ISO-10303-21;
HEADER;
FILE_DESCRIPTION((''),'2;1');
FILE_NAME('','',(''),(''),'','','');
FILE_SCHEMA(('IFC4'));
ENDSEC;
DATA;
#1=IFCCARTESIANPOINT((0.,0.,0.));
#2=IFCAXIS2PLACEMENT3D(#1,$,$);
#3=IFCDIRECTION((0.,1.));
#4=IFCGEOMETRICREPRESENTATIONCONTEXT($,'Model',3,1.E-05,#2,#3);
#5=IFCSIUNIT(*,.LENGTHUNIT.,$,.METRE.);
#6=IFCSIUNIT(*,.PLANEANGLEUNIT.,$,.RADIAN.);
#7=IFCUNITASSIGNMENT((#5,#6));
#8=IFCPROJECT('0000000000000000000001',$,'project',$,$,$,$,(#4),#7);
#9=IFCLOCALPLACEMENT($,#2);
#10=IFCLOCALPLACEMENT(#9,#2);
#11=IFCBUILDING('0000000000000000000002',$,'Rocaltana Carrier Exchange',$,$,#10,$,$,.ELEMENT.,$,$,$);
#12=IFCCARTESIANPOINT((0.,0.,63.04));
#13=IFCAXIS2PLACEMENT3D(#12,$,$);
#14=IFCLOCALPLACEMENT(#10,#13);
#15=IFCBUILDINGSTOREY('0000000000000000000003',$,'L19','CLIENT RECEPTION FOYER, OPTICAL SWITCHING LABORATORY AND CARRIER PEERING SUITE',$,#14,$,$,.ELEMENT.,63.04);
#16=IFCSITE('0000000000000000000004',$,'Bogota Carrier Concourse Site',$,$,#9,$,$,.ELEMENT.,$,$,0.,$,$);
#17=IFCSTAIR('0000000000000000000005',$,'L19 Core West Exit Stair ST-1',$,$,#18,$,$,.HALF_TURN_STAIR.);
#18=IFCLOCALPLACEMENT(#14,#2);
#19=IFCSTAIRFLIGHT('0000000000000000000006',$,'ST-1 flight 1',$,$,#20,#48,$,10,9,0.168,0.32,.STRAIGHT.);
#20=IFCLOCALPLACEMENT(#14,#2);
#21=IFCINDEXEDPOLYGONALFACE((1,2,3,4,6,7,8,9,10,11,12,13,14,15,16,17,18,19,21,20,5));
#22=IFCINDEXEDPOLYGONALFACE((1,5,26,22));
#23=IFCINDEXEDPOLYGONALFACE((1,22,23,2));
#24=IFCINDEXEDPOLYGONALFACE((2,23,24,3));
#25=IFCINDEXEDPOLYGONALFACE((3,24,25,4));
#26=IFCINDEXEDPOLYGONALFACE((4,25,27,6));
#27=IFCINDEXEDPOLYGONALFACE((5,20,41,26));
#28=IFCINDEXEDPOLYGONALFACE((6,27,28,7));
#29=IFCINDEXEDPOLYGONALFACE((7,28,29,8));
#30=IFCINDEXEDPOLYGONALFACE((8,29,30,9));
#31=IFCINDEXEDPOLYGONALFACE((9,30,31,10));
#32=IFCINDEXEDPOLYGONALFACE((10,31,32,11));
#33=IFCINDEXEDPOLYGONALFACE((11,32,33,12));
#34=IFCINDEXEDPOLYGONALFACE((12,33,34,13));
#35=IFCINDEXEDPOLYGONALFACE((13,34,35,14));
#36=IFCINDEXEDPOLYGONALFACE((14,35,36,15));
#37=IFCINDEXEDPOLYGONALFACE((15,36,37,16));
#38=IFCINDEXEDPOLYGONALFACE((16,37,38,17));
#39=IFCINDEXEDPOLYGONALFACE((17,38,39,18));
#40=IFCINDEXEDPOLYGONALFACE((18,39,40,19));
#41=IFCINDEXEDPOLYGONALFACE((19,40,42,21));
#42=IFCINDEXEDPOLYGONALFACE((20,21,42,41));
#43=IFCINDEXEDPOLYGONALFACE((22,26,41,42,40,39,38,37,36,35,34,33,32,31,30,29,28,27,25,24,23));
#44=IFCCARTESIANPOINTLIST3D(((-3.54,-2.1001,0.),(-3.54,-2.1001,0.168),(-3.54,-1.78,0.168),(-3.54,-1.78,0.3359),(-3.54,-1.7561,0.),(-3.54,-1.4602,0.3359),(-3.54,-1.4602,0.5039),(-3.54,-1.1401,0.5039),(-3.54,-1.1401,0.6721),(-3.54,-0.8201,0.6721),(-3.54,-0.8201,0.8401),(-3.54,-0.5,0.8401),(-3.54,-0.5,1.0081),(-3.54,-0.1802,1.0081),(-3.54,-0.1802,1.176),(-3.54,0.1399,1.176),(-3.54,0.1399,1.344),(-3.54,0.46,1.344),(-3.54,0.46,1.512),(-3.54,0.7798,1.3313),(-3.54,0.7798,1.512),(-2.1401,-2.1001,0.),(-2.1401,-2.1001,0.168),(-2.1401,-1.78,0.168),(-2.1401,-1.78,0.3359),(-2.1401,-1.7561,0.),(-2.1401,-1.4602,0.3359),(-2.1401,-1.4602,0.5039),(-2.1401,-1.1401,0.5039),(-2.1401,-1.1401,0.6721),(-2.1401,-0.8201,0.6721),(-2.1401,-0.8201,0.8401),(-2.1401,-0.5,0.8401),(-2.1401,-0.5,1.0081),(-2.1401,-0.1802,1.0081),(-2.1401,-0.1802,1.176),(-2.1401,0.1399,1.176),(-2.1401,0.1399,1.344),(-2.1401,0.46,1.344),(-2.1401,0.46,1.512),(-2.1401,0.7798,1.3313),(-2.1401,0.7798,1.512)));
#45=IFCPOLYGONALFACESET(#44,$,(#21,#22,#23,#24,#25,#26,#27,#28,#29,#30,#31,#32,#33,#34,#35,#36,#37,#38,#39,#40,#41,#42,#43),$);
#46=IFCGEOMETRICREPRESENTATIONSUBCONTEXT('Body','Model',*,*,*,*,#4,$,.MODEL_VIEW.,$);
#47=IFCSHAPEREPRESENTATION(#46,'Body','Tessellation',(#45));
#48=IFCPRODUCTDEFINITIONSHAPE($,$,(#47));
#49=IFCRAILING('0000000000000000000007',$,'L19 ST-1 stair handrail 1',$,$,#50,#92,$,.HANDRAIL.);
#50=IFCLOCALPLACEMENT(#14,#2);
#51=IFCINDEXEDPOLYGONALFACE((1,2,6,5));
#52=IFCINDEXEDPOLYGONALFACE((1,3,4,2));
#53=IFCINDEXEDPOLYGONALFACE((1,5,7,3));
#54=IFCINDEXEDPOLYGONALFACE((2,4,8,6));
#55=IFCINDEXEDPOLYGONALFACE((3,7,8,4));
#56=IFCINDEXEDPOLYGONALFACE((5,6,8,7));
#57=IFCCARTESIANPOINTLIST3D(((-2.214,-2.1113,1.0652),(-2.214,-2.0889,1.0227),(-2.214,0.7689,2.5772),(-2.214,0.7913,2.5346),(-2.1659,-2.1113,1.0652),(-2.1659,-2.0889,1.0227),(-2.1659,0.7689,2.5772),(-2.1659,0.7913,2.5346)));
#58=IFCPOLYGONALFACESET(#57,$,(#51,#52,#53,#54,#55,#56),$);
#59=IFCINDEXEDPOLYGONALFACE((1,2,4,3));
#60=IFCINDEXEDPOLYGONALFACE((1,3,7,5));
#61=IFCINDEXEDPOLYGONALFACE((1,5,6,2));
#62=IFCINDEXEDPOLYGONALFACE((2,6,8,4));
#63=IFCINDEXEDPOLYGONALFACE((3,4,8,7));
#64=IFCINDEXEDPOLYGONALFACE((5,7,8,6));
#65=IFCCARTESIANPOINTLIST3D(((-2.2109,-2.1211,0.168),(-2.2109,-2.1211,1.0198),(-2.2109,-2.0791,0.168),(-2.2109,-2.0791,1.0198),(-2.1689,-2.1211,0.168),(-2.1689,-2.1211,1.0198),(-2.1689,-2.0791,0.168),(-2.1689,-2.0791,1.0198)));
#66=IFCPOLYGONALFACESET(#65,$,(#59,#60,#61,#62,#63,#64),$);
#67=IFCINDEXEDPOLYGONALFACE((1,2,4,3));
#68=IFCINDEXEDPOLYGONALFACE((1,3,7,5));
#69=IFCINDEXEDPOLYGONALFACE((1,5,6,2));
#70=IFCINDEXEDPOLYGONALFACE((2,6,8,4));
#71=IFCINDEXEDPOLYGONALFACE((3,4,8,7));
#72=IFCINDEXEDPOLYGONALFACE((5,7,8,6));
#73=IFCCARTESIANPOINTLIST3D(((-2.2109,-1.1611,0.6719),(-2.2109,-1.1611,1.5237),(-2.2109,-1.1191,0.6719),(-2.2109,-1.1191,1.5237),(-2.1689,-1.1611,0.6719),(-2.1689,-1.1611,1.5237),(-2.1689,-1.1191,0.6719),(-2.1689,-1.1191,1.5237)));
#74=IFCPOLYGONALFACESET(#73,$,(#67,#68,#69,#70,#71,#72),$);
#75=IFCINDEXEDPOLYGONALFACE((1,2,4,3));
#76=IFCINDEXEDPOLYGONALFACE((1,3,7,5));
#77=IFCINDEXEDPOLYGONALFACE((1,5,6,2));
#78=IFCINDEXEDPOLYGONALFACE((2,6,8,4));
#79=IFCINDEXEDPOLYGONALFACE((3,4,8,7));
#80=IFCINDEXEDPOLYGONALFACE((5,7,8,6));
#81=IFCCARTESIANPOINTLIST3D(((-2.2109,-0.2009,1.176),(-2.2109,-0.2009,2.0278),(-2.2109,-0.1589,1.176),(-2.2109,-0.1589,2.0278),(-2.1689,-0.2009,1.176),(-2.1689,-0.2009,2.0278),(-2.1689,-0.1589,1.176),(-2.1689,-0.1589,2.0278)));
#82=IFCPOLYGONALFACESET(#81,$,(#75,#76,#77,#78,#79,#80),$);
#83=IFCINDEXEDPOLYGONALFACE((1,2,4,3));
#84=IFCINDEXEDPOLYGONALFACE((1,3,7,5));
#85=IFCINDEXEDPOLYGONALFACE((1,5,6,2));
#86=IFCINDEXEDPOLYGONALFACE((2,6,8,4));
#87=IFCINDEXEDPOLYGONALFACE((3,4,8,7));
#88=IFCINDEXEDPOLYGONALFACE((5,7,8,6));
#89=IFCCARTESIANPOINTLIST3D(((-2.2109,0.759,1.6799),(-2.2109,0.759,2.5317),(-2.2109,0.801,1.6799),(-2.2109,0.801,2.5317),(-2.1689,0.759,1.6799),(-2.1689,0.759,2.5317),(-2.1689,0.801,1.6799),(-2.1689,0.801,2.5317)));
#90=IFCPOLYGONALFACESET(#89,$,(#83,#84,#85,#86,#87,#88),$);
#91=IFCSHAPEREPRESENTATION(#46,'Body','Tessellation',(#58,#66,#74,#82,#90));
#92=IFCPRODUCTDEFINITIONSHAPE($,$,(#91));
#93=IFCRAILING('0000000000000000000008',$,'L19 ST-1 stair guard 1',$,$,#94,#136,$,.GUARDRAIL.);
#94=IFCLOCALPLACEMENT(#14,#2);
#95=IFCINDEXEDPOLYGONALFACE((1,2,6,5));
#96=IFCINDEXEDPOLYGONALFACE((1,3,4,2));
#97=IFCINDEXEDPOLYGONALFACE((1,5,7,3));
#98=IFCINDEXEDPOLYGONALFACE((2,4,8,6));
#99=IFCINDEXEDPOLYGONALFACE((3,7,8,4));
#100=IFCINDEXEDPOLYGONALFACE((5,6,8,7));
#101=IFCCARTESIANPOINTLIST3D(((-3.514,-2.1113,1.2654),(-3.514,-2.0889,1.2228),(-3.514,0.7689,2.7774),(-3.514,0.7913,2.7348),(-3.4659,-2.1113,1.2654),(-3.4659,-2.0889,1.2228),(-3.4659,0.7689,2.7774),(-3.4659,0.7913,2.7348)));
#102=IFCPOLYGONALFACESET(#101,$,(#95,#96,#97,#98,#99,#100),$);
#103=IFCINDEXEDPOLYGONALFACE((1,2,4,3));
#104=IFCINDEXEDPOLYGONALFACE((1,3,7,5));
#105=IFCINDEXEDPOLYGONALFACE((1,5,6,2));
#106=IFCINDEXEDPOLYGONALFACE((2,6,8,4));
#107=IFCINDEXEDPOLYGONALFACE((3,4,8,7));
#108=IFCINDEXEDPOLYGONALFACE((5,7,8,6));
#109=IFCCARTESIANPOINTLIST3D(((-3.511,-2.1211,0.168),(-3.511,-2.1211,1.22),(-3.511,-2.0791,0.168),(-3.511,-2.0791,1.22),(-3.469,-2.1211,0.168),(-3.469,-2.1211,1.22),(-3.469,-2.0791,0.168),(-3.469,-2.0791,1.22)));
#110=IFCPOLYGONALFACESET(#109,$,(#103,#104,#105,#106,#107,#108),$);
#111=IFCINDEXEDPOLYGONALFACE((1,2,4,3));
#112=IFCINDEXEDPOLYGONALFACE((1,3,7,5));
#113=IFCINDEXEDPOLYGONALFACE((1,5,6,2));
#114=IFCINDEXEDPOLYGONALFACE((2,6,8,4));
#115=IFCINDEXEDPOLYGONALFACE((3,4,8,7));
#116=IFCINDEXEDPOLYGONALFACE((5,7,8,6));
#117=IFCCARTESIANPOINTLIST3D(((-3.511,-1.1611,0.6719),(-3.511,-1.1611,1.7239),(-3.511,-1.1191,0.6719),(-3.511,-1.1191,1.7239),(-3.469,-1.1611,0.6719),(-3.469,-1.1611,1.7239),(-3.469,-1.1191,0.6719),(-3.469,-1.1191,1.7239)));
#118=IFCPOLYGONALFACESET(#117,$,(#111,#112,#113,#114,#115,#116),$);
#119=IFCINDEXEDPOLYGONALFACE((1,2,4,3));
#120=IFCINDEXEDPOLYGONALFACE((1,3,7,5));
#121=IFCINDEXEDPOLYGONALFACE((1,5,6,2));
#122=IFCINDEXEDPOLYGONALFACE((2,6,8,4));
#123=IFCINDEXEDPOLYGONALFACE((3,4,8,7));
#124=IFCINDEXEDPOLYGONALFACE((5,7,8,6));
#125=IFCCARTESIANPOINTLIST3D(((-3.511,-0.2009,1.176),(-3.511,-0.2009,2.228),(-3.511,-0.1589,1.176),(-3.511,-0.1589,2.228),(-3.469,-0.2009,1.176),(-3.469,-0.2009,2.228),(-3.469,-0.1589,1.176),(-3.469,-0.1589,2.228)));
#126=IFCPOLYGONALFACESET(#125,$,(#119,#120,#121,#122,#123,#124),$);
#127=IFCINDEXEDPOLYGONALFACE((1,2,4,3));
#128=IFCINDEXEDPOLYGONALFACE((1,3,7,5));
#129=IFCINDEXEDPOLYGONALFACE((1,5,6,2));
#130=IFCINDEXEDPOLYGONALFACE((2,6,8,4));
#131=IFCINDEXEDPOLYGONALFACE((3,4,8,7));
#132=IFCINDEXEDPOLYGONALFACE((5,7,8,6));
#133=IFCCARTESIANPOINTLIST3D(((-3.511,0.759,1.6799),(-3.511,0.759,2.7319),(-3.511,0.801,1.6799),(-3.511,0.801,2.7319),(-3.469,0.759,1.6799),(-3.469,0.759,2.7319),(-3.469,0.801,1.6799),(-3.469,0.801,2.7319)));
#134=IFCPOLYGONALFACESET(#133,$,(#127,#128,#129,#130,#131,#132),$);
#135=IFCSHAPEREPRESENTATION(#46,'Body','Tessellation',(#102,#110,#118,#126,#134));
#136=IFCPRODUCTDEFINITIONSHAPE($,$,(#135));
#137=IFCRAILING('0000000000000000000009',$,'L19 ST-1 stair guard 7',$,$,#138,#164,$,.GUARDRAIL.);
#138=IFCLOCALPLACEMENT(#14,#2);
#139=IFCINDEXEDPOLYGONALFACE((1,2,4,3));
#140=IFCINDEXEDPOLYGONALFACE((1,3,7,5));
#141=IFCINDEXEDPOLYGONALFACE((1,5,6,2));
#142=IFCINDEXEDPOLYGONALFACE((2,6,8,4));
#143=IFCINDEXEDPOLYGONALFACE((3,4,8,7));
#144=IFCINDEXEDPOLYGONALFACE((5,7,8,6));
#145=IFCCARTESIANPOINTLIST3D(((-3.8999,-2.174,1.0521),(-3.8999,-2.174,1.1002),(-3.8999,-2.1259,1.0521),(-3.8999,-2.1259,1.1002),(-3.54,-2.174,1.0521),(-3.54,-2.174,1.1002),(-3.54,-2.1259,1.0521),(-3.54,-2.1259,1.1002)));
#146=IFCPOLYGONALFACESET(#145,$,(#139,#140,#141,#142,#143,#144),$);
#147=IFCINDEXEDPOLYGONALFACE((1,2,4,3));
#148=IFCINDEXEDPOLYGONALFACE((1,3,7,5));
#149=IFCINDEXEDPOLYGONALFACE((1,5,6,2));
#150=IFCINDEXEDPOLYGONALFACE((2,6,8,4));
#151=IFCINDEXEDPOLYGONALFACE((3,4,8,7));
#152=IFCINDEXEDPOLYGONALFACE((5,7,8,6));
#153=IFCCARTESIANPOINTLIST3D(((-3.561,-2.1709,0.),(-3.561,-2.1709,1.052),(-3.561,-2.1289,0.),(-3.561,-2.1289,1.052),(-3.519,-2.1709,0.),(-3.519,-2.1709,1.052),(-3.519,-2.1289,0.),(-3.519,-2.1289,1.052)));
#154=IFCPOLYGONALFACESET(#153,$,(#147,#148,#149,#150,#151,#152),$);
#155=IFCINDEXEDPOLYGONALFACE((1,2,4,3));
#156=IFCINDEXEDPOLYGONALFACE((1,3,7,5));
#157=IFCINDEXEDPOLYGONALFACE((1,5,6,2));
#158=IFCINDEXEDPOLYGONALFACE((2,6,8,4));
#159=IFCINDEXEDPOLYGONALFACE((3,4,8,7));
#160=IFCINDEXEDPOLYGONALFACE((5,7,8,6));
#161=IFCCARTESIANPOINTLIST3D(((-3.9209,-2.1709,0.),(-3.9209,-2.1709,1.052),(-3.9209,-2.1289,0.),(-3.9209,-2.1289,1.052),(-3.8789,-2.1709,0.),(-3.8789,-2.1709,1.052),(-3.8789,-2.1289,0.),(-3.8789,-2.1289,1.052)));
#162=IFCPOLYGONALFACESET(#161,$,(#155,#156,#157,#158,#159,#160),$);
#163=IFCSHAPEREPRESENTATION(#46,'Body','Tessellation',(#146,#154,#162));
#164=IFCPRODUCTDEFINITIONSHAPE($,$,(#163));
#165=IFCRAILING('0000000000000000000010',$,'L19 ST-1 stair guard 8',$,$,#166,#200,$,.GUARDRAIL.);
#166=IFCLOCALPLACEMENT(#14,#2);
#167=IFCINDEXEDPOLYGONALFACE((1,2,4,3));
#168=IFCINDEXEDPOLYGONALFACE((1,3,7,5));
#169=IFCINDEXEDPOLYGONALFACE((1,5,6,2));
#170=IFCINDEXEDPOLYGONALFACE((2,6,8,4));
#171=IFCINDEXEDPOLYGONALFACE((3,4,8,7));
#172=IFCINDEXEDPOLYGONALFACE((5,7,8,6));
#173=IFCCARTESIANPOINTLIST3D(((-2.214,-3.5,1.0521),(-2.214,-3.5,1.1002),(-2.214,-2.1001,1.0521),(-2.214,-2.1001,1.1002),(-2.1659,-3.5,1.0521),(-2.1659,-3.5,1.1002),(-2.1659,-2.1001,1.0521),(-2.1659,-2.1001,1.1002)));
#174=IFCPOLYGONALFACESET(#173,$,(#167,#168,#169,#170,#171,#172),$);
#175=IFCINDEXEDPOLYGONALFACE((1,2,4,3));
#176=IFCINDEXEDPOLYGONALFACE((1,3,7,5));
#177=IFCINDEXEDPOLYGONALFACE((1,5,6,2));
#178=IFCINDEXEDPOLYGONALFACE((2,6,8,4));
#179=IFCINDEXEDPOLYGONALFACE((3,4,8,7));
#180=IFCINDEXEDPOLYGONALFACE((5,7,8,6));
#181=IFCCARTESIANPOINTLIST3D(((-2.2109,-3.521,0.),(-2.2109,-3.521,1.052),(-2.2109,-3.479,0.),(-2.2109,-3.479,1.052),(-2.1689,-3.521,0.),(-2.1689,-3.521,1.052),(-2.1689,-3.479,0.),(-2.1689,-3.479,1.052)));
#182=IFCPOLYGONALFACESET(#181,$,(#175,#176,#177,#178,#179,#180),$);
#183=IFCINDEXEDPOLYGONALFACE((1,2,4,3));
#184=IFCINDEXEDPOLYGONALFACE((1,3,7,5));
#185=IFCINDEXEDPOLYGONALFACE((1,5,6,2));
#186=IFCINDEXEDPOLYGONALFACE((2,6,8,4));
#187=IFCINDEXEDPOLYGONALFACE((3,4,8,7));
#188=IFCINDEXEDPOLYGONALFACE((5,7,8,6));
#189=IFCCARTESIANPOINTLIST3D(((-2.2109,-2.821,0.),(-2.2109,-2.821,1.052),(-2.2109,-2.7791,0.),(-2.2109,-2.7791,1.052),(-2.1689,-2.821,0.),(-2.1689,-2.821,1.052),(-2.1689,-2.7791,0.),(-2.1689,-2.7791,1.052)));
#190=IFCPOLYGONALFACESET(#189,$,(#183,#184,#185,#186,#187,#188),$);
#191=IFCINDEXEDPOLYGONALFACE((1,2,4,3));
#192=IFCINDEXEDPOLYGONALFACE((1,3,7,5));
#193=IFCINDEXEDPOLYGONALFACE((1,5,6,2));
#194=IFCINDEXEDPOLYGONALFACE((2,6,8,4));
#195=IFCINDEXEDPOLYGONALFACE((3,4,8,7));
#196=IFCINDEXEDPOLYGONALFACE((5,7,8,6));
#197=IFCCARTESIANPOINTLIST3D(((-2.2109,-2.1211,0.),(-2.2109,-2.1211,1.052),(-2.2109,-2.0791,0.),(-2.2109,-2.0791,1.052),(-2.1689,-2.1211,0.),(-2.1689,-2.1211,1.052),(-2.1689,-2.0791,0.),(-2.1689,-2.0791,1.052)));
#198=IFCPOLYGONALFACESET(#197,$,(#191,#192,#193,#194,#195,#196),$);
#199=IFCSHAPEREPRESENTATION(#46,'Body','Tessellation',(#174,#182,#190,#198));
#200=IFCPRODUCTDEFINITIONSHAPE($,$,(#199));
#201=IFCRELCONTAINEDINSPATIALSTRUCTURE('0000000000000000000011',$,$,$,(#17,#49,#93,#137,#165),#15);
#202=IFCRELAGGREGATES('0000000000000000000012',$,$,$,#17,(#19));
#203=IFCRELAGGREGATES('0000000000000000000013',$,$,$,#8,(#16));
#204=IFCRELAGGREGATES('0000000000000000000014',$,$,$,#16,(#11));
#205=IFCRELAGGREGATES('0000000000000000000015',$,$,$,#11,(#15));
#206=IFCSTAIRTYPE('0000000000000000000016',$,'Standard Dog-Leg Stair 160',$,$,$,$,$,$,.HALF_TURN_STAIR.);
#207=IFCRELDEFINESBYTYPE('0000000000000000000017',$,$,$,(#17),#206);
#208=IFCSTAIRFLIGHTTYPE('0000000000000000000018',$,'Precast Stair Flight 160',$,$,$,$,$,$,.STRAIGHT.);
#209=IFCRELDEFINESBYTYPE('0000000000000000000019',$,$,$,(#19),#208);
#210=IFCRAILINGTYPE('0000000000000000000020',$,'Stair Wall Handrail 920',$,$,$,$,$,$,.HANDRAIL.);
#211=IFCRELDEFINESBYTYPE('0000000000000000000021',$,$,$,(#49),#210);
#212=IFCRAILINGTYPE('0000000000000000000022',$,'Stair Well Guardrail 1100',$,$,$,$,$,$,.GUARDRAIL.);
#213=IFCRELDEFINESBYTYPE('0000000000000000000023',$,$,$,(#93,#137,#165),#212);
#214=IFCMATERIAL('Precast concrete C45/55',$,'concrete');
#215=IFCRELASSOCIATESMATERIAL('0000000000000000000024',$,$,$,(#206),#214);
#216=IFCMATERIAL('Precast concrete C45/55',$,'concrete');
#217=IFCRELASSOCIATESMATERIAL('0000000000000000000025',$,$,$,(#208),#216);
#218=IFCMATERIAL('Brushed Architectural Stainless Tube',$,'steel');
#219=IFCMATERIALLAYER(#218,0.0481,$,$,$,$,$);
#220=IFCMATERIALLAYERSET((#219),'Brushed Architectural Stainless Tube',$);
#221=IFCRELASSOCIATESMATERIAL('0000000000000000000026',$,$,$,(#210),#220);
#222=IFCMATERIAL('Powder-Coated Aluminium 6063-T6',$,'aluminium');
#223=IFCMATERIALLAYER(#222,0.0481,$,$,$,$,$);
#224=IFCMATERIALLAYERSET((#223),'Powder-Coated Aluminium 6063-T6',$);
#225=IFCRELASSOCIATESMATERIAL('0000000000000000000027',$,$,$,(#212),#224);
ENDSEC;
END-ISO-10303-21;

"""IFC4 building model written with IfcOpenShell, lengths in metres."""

from ifc_helpers import new_model, si_unit, direction, frame, origin, origin_2d, place, context, subcontext, project, spatial, polyline, rectangle, outline, extrude, material, layer, layer_set, type_object, element, aggregate, save


model = new_model("IFC4")

# Units and contexts
model_context = context("Model", 3, precision=1e-05, world=origin(), true_north=direction((0.0, 1.0)))
body_context = subcontext(model_context, "Body", "Model", "MODEL_VIEW")
ifc_project = project(units=[si_unit("LENGTHUNIT", "METRE"), si_unit("PLANEANGLEUNIT", "RADIAN")], contexts=[model_context])

# Site, building, storey
site_placement = place(None, origin())
site = spatial("IfcSite", under=ifc_project, at=site_placement, Name="Bogota Carrier Concourse Site", CompositionType="ELEMENT", RefElevation=0.0)
building_placement = place(site_placement, origin())
building = spatial("IfcBuilding", under=site, at=building_placement, Name="Rocaltana Carrier Exchange", CompositionType="ELEMENT")
storey_placement = place(building_placement, frame((0.0, 0.0, 63.04)))
storey = spatial("IfcBuildingStorey", under=building, at=storey_placement, Name="L19", Description="CLIENT RECEPTION FOYER, OPTICAL SWITCHING LABORATORY AND CARRIER PEERING SUITE", CompositionType="ELEMENT", Elevation=63.04)

# Stair, stair flight
ifc_material_1 = material(Name="Precast concrete C45/55", Category="concrete")
stair_type = type_object("IfcStairType", Name="Standard Dog-Leg Stair 160", PredefinedType="HALF_TURN_STAIR", material=ifc_material_1)
stair_placement = place(storey_placement, origin())
stair = element("IfcStair", 1, at=stair_placement, inside=storey, type_object=stair_type, Name="L19 Core West Exit Stair ST-1", PredefinedType="HALF_TURN_STAIR")
ifc_material_2 = material(Name="Precast concrete C45/55", Category="concrete")
stair_flight_type = type_object("IfcStairFlightType", Name="Precast Stair Flight 160", PredefinedType="STRAIGHT", material=ifc_material_2)
stair_flight_placement = place(storey_placement, frame((-2.8401, -2.1001, 0.0), z_axis=(0.0, 0.0, 1.0), x_axis=(0.0, 1.0, 0.0)))
stair_flight = element("IfcStairFlight", 2, at=stair_flight_placement, type_object=stair_flight_type, Name="ST-1 flight 1", NumberOfRisers=10, NumberOfTreads=9, PredefinedType="STRAIGHT", RiserHeight=0.168, TreadLength=0.32, context=body_context, shape_type="SweptSolid", body=[
    extrude(outline(polyline([(0.0, 0.0), (0.0, 0.168), (0.3201, 0.168), (0.3201, 0.3359), (0.6399, 0.3359), (0.6399, 0.5039), (0.96, 0.5039), (0.96, 0.6721), (1.28, 0.6721), (1.28, 0.8401), (1.6001, 0.8401), (1.6001, 1.0081), (1.9199, 1.0081), (1.9199, 1.176), (2.24, 1.176), (2.24, 1.344), (2.5601, 1.344), (2.5601, 1.512), (2.8799, 1.512), (2.8799, 1.6799), (2.8799, 1.3313), (0.344, 0.0), (0.0, 0.0)])), frame((0.0, 0.7, 0.0), z_axis=(0.0, -1.0, 0.0), x_axis=(1.0, 0.0, 0.0)), (0.0, 0.0, 1.0), 1.3999),
])
aggregate(stair, [stair_flight])

# Railings
ifc_material_3 = material(Name="Brushed Architectural Stainless Tube", Category="steel")
ifc_layer_1 = layer(ifc_material_3, 0.0481)
ifc_layer_set_1 = layer_set([ifc_layer_1], Name="Brushed Architectural Stainless Tube")
railing_type_1 = type_object("IfcRailingType", Name="Stair Wall Handrail 920", PredefinedType="HANDRAIL", material=ifc_layer_set_1)
railing_1_placement = place(storey_placement, frame((-2.1899, -2.1001, 0.168)))
element("IfcRailing", 3, at=railing_1_placement, inside=storey, type_object=railing_type_1, Name="L19 ST-1 stair handrail 1", PredefinedType="HANDRAIL", context=body_context, shape_type="SweptSolid", body=[
    extrude(rectangle(XDim=0.0481, YDim=0.0481, at=origin_2d()), frame((0.0, 0.0, 0.876), z_axis=(0.0, 0.885411, 0.464809), x_axis=(-1.0, 0.0, 0.0)), (0.0, 0.0, 1.0), 3.2529),
    extrude(rectangle(XDim=0.042, YDim=0.042, at=origin_2d()), origin(), (0.0, 0.0, 1.0), 0.8518),
    extrude(rectangle(XDim=0.042, YDim=0.042, at=origin_2d()), frame((0.0, 0.96, 0.5039)), (0.0, 0.0, 1.0), 0.8518),
    extrude(rectangle(XDim=0.042, YDim=0.042, at=origin_2d()), frame((0.0, 1.9202, 1.0081)), (0.0, 0.0, 1.0), 0.8518),
    extrude(rectangle(XDim=0.042, YDim=0.042, at=origin_2d()), frame((0.0, 2.8801, 1.512)), (0.0, 0.0, 1.0), 0.8518),
])
ifc_material_4 = material(Name="Powder-Coated Aluminium 6063-T6", Category="aluminium")
ifc_layer_2 = layer(ifc_material_4, 0.0481)
ifc_layer_set_2 = layer_set([ifc_layer_2], Name="Powder-Coated Aluminium 6063-T6")
railing_type_2 = type_object("IfcRailingType", Name="Stair Well Guardrail 1100", PredefinedType="GUARDRAIL", material=ifc_layer_set_2)
railing_2_placement = place(storey_placement, frame((-3.49, -2.1001, 0.168)))
element("IfcRailing", 4, at=railing_2_placement, inside=storey, type_object=railing_type_2, Name="L19 ST-1 stair guard 1", PredefinedType="GUARDRAIL", context=body_context, shape_type="SweptSolid", body=[
    extrude(rectangle(XDim=0.0481, YDim=0.0481, at=origin_2d()), frame((0.0, 0.0, 1.0762), z_axis=(0.0, 0.885411, 0.464809), x_axis=(-1.0, 0.0, 0.0)), (0.0, 0.0, 1.0), 3.2529),
    extrude(rectangle(XDim=0.042, YDim=0.042, at=origin_2d()), origin(), (0.0, 0.0, 1.0), 1.052),
    extrude(rectangle(XDim=0.042, YDim=0.042, at=origin_2d()), frame((0.0, 0.96, 0.5039)), (0.0, 0.0, 1.0), 1.052),
    extrude(rectangle(XDim=0.042, YDim=0.042, at=origin_2d()), frame((0.0, 1.9202, 1.0081)), (0.0, 0.0, 1.0), 1.052),
    extrude(rectangle(XDim=0.042, YDim=0.042, at=origin_2d()), frame((0.0, 2.8801, 1.512)), (0.0, 0.0, 1.0), 1.052),
])
railing_3_placement = place(storey_placement, frame((-3.54, -2.1499, 0.0)))
element("IfcRailing", 5, at=railing_3_placement, inside=storey, type_object=railing_type_2, Name="L19 ST-1 stair guard 7", PredefinedType="GUARDRAIL", context=body_context, shape_type="SweptSolid", body=[
    extrude(rectangle(XDim=0.0481, YDim=0.0481, at=origin_2d()), frame((0.0, 0.0, 1.0762), z_axis=(-1.0, 0.0, 0.0), x_axis=(0.0, -1.0, 0.0)), (0.0, 0.0, 1.0), 0.3599),
    extrude(rectangle(XDim=0.042, YDim=0.042, at=origin_2d()), origin(), (0.0, 0.0, 1.0), 1.052),
    extrude(rectangle(XDim=0.042, YDim=0.042, at=origin_2d()), frame((-0.3599, 0.0, 0.0)), (0.0, 0.0, 1.0), 1.052),
])
for number, where, name in (
    (6, (-2.1899, -3.5, 0.0), "L19 ST-1 stair guard 8"),
):
    element("IfcRailing", number, at=place(storey_placement, frame(where)), inside=storey, type_object=railing_type_2, Name=name, PredefinedType="GUARDRAIL", context=body_context, shape_type="SweptSolid", body=[
        extrude(rectangle(XDim=0.0481, YDim=0.0481, at=origin_2d()), frame((0.0, 0.0, 1.0762), z_axis=(0.0, 1.0, 0.0), x_axis=(-1.0, 0.0, 0.0)), (0.0, 0.0, 1.0), 1.3999),
        extrude(rectangle(XDim=0.042, YDim=0.042, at=origin_2d()), origin(), (0.0, 0.0, 1.0), 1.052),
        extrude(rectangle(XDim=0.042, YDim=0.042, at=origin_2d()), frame((0.0, 0.7, 0.0)), (0.0, 0.0, 1.0), 1.052),
        extrude(rectangle(XDim=0.042, YDim=0.042, at=origin_2d()), frame((0.0, 1.3999, 0.0)), (0.0, 0.0, 1.0), 1.052),
    ])

save(model, "model.ifc")
